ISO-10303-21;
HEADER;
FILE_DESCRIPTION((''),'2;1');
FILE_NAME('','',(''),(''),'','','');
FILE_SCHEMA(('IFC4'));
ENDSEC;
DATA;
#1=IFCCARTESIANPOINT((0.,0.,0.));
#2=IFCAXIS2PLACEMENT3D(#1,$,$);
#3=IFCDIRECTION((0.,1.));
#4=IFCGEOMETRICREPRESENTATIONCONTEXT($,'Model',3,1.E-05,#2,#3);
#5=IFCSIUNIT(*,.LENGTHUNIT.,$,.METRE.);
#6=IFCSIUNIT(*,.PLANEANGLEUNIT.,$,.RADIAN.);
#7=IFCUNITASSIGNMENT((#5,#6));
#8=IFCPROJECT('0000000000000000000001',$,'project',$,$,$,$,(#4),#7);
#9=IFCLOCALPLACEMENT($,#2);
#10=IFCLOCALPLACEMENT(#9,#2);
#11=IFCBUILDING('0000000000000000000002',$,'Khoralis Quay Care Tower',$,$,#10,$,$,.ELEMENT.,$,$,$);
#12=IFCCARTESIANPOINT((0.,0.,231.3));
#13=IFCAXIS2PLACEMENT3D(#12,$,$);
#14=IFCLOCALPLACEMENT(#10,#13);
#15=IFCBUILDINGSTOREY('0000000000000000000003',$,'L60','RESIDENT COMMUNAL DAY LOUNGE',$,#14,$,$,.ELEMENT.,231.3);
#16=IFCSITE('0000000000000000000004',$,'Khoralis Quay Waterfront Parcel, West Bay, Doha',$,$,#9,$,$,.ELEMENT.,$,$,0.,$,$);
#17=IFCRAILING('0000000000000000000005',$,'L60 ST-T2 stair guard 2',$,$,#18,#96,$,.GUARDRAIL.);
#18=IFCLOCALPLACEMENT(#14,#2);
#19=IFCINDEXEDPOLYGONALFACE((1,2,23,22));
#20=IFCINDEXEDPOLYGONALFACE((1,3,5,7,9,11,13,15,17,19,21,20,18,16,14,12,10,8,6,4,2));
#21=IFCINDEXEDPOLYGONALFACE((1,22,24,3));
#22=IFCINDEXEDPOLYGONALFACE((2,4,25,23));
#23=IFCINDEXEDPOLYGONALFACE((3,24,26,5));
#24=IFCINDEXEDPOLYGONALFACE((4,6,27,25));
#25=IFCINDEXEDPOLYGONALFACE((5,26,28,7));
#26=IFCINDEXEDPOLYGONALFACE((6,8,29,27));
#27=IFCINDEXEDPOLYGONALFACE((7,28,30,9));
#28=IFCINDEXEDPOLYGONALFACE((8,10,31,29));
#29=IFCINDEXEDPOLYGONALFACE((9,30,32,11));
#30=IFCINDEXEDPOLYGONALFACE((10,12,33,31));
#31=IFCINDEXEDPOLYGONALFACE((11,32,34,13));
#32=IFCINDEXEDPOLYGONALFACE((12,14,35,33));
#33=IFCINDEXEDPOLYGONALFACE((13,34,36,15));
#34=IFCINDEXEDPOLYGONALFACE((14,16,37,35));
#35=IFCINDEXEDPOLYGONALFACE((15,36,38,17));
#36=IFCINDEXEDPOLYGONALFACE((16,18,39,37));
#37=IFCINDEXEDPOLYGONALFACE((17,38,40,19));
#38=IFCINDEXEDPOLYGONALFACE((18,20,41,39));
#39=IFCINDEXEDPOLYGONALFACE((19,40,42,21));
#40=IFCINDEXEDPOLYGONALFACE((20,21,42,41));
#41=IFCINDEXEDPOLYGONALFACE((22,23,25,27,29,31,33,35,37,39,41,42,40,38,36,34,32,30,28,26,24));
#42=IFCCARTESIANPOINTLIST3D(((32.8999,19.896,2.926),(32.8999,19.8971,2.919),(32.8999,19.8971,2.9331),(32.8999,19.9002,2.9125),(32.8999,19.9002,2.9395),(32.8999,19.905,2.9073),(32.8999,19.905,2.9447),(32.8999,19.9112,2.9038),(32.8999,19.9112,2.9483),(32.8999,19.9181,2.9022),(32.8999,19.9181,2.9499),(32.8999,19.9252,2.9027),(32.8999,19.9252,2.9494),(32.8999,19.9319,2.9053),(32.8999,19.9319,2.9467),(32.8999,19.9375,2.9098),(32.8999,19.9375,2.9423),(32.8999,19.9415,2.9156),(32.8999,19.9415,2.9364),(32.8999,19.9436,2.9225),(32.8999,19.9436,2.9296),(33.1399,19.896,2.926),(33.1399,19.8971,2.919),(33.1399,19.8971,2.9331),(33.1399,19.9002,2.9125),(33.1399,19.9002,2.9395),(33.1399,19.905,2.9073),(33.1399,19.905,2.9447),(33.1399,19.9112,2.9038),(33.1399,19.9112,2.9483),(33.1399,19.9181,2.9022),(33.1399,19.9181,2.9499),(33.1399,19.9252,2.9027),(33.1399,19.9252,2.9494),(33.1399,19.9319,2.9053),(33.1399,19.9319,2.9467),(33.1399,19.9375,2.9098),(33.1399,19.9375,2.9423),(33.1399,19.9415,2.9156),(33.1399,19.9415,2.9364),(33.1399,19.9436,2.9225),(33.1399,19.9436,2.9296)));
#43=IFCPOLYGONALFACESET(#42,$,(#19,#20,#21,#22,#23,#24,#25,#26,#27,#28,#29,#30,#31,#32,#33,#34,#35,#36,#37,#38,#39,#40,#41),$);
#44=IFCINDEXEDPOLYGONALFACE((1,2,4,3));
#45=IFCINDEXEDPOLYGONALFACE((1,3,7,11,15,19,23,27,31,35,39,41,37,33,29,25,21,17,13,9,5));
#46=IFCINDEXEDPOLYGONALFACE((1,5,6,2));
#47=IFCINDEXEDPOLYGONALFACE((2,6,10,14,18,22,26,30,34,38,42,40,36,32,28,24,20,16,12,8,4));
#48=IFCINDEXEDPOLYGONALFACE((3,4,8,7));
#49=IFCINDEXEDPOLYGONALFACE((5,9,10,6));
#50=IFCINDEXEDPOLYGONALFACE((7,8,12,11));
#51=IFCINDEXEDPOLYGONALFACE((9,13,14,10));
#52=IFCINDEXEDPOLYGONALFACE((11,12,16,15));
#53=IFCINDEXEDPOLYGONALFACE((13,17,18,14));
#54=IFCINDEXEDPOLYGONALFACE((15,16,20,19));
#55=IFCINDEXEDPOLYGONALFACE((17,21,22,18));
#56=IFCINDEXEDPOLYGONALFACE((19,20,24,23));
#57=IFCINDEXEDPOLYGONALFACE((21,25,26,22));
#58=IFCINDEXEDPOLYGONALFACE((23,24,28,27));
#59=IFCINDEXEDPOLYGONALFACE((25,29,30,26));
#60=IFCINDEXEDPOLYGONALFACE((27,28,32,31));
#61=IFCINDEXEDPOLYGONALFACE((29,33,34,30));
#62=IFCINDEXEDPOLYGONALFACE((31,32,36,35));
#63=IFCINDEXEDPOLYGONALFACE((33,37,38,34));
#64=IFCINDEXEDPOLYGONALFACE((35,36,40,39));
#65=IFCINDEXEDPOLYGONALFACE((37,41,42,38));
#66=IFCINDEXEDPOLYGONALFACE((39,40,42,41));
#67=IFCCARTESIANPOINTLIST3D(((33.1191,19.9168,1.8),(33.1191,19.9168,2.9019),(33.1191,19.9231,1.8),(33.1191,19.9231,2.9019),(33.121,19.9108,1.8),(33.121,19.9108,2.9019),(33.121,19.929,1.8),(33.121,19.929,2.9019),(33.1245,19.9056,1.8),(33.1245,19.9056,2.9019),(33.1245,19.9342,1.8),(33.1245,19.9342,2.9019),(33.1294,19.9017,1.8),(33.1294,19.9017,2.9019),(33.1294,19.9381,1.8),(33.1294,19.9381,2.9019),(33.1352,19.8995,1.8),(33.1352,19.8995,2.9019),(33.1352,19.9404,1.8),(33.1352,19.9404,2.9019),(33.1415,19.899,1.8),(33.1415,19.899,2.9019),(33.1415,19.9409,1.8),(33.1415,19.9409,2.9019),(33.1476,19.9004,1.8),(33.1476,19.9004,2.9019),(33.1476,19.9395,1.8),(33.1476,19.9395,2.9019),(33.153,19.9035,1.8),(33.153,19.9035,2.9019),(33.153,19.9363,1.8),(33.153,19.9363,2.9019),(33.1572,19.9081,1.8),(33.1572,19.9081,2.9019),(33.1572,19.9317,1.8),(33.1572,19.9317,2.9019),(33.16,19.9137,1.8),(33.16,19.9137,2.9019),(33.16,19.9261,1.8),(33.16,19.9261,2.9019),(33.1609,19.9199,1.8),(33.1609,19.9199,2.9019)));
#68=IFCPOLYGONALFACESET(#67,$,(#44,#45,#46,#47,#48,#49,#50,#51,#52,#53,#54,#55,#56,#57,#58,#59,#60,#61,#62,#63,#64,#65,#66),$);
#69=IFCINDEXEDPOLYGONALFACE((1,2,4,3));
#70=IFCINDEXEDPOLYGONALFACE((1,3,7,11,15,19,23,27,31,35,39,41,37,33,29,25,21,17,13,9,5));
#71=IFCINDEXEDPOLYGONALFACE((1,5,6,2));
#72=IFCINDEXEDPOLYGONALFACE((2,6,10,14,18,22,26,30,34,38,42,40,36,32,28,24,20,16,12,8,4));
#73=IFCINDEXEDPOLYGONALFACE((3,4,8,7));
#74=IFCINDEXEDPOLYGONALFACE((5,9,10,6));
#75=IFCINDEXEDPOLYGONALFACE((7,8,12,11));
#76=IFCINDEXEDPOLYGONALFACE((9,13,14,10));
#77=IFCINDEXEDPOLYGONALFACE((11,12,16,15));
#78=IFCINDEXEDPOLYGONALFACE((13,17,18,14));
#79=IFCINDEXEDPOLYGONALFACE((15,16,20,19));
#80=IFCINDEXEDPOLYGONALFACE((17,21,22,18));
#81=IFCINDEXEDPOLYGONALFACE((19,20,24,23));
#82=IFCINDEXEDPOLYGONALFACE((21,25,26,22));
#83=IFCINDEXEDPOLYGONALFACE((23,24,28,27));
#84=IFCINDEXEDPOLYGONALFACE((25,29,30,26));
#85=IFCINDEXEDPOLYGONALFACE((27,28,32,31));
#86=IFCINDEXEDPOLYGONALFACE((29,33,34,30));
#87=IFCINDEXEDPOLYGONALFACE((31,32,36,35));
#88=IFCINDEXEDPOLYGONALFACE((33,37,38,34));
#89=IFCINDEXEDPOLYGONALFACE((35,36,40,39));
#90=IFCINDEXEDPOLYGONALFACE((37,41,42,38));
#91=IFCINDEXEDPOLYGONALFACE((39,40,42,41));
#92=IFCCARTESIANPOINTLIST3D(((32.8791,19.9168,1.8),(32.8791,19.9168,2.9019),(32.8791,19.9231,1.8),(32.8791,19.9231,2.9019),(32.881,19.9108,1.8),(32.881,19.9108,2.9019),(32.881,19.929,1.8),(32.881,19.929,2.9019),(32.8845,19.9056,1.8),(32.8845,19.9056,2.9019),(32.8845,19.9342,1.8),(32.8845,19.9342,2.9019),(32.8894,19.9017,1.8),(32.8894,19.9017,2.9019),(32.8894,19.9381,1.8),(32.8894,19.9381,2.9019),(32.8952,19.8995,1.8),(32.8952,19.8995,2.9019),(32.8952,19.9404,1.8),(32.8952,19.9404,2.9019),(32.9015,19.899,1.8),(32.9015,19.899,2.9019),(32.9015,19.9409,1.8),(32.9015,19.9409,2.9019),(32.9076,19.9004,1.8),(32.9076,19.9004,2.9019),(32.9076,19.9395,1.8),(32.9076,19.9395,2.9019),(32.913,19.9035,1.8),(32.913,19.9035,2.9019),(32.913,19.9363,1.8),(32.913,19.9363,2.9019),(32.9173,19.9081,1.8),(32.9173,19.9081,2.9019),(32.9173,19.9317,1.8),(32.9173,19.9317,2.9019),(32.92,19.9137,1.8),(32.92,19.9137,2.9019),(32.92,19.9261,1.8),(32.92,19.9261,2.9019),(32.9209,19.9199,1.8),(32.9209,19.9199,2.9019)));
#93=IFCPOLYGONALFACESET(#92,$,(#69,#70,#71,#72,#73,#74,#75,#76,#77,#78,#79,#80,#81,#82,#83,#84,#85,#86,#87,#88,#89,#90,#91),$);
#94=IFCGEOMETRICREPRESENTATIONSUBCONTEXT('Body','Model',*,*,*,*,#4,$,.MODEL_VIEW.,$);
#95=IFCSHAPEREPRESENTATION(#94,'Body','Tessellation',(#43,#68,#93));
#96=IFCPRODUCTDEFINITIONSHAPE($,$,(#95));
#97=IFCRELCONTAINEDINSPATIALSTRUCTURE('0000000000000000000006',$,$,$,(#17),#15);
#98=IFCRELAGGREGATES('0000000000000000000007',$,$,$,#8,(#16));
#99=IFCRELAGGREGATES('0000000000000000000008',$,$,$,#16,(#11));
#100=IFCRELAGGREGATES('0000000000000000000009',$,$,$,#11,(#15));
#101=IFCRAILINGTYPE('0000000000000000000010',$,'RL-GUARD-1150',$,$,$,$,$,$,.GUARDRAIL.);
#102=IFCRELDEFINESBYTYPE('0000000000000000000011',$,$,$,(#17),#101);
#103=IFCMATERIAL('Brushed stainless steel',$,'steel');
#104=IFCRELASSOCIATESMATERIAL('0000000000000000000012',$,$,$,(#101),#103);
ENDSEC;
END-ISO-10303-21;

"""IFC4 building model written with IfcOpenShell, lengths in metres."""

from ifc_helpers import new_model, si_unit, direction, frame, origin, origin_2d, place, context, subcontext, project, spatial, circle, extrude, material, type_object, element, save


model = new_model("IFC4")

# Units and contexts
model_context = context("Model", 3, precision=1e-05, world=origin(), true_north=direction((0.0, 1.0)))
body_context = subcontext(model_context, "Body", "Model", "MODEL_VIEW")
ifc_project = project(units=[si_unit("LENGTHUNIT", "METRE"), si_unit("PLANEANGLEUNIT", "RADIAN")], contexts=[model_context])

# Site, building, storey
site_placement = place(None, origin())
site = spatial("IfcSite", under=ifc_project, at=site_placement, Name="Khoralis Quay Waterfront Parcel, West Bay, Doha", CompositionType="ELEMENT", RefElevation=0.0)
building_placement = place(site_placement, origin())
building = spatial("IfcBuilding", under=site, at=building_placement, Name="Khoralis Quay Care Tower", CompositionType="ELEMENT")
storey_placement = place(building_placement, frame((0.0, 0.0, 231.3)))
storey = spatial("IfcBuildingStorey", under=building, at=storey_placement, Name="L60", Description="RESIDENT COMMUNAL DAY LOUNGE", CompositionType="ELEMENT", Elevation=231.3)

# Railing
ifc_material_1 = material(Name="Brushed stainless steel", Category="steel")
railing_type_1 = type_object("IfcRailingType", Name="RL-GUARD-1150", PredefinedType="GUARDRAIL", material=ifc_material_1)
railing_1_placement = place(storey_placement, frame((33.1399, 19.9199, 1.8)))
element("IfcRailing", 1, at=railing_1_placement, inside=storey, type_object=railing_type_1, Name="L60 ST-T2 stair guard 2", PredefinedType="GUARDRAIL", context=body_context, shape_type="SweptSolid", body=[
    extrude(circle(Radius=0.0239, at=origin_2d()), frame((0.0, 0.0, 1.126), z_axis=(-1.0, 0.0, 0.0), x_axis=(0.0, -1.0, 0.0)), (0.0, 0.0, 1.0), 0.24),
    extrude(circle(Radius=0.021, at=origin_2d()), origin(), (0.0, 0.0, 1.0), 1.1018),
    extrude(circle(Radius=0.021, at=origin_2d()), frame((-0.24, 0.0, 0.0)), (0.0, 0.0, 1.0), 1.1018),
])

save(model, "model.ifc")
